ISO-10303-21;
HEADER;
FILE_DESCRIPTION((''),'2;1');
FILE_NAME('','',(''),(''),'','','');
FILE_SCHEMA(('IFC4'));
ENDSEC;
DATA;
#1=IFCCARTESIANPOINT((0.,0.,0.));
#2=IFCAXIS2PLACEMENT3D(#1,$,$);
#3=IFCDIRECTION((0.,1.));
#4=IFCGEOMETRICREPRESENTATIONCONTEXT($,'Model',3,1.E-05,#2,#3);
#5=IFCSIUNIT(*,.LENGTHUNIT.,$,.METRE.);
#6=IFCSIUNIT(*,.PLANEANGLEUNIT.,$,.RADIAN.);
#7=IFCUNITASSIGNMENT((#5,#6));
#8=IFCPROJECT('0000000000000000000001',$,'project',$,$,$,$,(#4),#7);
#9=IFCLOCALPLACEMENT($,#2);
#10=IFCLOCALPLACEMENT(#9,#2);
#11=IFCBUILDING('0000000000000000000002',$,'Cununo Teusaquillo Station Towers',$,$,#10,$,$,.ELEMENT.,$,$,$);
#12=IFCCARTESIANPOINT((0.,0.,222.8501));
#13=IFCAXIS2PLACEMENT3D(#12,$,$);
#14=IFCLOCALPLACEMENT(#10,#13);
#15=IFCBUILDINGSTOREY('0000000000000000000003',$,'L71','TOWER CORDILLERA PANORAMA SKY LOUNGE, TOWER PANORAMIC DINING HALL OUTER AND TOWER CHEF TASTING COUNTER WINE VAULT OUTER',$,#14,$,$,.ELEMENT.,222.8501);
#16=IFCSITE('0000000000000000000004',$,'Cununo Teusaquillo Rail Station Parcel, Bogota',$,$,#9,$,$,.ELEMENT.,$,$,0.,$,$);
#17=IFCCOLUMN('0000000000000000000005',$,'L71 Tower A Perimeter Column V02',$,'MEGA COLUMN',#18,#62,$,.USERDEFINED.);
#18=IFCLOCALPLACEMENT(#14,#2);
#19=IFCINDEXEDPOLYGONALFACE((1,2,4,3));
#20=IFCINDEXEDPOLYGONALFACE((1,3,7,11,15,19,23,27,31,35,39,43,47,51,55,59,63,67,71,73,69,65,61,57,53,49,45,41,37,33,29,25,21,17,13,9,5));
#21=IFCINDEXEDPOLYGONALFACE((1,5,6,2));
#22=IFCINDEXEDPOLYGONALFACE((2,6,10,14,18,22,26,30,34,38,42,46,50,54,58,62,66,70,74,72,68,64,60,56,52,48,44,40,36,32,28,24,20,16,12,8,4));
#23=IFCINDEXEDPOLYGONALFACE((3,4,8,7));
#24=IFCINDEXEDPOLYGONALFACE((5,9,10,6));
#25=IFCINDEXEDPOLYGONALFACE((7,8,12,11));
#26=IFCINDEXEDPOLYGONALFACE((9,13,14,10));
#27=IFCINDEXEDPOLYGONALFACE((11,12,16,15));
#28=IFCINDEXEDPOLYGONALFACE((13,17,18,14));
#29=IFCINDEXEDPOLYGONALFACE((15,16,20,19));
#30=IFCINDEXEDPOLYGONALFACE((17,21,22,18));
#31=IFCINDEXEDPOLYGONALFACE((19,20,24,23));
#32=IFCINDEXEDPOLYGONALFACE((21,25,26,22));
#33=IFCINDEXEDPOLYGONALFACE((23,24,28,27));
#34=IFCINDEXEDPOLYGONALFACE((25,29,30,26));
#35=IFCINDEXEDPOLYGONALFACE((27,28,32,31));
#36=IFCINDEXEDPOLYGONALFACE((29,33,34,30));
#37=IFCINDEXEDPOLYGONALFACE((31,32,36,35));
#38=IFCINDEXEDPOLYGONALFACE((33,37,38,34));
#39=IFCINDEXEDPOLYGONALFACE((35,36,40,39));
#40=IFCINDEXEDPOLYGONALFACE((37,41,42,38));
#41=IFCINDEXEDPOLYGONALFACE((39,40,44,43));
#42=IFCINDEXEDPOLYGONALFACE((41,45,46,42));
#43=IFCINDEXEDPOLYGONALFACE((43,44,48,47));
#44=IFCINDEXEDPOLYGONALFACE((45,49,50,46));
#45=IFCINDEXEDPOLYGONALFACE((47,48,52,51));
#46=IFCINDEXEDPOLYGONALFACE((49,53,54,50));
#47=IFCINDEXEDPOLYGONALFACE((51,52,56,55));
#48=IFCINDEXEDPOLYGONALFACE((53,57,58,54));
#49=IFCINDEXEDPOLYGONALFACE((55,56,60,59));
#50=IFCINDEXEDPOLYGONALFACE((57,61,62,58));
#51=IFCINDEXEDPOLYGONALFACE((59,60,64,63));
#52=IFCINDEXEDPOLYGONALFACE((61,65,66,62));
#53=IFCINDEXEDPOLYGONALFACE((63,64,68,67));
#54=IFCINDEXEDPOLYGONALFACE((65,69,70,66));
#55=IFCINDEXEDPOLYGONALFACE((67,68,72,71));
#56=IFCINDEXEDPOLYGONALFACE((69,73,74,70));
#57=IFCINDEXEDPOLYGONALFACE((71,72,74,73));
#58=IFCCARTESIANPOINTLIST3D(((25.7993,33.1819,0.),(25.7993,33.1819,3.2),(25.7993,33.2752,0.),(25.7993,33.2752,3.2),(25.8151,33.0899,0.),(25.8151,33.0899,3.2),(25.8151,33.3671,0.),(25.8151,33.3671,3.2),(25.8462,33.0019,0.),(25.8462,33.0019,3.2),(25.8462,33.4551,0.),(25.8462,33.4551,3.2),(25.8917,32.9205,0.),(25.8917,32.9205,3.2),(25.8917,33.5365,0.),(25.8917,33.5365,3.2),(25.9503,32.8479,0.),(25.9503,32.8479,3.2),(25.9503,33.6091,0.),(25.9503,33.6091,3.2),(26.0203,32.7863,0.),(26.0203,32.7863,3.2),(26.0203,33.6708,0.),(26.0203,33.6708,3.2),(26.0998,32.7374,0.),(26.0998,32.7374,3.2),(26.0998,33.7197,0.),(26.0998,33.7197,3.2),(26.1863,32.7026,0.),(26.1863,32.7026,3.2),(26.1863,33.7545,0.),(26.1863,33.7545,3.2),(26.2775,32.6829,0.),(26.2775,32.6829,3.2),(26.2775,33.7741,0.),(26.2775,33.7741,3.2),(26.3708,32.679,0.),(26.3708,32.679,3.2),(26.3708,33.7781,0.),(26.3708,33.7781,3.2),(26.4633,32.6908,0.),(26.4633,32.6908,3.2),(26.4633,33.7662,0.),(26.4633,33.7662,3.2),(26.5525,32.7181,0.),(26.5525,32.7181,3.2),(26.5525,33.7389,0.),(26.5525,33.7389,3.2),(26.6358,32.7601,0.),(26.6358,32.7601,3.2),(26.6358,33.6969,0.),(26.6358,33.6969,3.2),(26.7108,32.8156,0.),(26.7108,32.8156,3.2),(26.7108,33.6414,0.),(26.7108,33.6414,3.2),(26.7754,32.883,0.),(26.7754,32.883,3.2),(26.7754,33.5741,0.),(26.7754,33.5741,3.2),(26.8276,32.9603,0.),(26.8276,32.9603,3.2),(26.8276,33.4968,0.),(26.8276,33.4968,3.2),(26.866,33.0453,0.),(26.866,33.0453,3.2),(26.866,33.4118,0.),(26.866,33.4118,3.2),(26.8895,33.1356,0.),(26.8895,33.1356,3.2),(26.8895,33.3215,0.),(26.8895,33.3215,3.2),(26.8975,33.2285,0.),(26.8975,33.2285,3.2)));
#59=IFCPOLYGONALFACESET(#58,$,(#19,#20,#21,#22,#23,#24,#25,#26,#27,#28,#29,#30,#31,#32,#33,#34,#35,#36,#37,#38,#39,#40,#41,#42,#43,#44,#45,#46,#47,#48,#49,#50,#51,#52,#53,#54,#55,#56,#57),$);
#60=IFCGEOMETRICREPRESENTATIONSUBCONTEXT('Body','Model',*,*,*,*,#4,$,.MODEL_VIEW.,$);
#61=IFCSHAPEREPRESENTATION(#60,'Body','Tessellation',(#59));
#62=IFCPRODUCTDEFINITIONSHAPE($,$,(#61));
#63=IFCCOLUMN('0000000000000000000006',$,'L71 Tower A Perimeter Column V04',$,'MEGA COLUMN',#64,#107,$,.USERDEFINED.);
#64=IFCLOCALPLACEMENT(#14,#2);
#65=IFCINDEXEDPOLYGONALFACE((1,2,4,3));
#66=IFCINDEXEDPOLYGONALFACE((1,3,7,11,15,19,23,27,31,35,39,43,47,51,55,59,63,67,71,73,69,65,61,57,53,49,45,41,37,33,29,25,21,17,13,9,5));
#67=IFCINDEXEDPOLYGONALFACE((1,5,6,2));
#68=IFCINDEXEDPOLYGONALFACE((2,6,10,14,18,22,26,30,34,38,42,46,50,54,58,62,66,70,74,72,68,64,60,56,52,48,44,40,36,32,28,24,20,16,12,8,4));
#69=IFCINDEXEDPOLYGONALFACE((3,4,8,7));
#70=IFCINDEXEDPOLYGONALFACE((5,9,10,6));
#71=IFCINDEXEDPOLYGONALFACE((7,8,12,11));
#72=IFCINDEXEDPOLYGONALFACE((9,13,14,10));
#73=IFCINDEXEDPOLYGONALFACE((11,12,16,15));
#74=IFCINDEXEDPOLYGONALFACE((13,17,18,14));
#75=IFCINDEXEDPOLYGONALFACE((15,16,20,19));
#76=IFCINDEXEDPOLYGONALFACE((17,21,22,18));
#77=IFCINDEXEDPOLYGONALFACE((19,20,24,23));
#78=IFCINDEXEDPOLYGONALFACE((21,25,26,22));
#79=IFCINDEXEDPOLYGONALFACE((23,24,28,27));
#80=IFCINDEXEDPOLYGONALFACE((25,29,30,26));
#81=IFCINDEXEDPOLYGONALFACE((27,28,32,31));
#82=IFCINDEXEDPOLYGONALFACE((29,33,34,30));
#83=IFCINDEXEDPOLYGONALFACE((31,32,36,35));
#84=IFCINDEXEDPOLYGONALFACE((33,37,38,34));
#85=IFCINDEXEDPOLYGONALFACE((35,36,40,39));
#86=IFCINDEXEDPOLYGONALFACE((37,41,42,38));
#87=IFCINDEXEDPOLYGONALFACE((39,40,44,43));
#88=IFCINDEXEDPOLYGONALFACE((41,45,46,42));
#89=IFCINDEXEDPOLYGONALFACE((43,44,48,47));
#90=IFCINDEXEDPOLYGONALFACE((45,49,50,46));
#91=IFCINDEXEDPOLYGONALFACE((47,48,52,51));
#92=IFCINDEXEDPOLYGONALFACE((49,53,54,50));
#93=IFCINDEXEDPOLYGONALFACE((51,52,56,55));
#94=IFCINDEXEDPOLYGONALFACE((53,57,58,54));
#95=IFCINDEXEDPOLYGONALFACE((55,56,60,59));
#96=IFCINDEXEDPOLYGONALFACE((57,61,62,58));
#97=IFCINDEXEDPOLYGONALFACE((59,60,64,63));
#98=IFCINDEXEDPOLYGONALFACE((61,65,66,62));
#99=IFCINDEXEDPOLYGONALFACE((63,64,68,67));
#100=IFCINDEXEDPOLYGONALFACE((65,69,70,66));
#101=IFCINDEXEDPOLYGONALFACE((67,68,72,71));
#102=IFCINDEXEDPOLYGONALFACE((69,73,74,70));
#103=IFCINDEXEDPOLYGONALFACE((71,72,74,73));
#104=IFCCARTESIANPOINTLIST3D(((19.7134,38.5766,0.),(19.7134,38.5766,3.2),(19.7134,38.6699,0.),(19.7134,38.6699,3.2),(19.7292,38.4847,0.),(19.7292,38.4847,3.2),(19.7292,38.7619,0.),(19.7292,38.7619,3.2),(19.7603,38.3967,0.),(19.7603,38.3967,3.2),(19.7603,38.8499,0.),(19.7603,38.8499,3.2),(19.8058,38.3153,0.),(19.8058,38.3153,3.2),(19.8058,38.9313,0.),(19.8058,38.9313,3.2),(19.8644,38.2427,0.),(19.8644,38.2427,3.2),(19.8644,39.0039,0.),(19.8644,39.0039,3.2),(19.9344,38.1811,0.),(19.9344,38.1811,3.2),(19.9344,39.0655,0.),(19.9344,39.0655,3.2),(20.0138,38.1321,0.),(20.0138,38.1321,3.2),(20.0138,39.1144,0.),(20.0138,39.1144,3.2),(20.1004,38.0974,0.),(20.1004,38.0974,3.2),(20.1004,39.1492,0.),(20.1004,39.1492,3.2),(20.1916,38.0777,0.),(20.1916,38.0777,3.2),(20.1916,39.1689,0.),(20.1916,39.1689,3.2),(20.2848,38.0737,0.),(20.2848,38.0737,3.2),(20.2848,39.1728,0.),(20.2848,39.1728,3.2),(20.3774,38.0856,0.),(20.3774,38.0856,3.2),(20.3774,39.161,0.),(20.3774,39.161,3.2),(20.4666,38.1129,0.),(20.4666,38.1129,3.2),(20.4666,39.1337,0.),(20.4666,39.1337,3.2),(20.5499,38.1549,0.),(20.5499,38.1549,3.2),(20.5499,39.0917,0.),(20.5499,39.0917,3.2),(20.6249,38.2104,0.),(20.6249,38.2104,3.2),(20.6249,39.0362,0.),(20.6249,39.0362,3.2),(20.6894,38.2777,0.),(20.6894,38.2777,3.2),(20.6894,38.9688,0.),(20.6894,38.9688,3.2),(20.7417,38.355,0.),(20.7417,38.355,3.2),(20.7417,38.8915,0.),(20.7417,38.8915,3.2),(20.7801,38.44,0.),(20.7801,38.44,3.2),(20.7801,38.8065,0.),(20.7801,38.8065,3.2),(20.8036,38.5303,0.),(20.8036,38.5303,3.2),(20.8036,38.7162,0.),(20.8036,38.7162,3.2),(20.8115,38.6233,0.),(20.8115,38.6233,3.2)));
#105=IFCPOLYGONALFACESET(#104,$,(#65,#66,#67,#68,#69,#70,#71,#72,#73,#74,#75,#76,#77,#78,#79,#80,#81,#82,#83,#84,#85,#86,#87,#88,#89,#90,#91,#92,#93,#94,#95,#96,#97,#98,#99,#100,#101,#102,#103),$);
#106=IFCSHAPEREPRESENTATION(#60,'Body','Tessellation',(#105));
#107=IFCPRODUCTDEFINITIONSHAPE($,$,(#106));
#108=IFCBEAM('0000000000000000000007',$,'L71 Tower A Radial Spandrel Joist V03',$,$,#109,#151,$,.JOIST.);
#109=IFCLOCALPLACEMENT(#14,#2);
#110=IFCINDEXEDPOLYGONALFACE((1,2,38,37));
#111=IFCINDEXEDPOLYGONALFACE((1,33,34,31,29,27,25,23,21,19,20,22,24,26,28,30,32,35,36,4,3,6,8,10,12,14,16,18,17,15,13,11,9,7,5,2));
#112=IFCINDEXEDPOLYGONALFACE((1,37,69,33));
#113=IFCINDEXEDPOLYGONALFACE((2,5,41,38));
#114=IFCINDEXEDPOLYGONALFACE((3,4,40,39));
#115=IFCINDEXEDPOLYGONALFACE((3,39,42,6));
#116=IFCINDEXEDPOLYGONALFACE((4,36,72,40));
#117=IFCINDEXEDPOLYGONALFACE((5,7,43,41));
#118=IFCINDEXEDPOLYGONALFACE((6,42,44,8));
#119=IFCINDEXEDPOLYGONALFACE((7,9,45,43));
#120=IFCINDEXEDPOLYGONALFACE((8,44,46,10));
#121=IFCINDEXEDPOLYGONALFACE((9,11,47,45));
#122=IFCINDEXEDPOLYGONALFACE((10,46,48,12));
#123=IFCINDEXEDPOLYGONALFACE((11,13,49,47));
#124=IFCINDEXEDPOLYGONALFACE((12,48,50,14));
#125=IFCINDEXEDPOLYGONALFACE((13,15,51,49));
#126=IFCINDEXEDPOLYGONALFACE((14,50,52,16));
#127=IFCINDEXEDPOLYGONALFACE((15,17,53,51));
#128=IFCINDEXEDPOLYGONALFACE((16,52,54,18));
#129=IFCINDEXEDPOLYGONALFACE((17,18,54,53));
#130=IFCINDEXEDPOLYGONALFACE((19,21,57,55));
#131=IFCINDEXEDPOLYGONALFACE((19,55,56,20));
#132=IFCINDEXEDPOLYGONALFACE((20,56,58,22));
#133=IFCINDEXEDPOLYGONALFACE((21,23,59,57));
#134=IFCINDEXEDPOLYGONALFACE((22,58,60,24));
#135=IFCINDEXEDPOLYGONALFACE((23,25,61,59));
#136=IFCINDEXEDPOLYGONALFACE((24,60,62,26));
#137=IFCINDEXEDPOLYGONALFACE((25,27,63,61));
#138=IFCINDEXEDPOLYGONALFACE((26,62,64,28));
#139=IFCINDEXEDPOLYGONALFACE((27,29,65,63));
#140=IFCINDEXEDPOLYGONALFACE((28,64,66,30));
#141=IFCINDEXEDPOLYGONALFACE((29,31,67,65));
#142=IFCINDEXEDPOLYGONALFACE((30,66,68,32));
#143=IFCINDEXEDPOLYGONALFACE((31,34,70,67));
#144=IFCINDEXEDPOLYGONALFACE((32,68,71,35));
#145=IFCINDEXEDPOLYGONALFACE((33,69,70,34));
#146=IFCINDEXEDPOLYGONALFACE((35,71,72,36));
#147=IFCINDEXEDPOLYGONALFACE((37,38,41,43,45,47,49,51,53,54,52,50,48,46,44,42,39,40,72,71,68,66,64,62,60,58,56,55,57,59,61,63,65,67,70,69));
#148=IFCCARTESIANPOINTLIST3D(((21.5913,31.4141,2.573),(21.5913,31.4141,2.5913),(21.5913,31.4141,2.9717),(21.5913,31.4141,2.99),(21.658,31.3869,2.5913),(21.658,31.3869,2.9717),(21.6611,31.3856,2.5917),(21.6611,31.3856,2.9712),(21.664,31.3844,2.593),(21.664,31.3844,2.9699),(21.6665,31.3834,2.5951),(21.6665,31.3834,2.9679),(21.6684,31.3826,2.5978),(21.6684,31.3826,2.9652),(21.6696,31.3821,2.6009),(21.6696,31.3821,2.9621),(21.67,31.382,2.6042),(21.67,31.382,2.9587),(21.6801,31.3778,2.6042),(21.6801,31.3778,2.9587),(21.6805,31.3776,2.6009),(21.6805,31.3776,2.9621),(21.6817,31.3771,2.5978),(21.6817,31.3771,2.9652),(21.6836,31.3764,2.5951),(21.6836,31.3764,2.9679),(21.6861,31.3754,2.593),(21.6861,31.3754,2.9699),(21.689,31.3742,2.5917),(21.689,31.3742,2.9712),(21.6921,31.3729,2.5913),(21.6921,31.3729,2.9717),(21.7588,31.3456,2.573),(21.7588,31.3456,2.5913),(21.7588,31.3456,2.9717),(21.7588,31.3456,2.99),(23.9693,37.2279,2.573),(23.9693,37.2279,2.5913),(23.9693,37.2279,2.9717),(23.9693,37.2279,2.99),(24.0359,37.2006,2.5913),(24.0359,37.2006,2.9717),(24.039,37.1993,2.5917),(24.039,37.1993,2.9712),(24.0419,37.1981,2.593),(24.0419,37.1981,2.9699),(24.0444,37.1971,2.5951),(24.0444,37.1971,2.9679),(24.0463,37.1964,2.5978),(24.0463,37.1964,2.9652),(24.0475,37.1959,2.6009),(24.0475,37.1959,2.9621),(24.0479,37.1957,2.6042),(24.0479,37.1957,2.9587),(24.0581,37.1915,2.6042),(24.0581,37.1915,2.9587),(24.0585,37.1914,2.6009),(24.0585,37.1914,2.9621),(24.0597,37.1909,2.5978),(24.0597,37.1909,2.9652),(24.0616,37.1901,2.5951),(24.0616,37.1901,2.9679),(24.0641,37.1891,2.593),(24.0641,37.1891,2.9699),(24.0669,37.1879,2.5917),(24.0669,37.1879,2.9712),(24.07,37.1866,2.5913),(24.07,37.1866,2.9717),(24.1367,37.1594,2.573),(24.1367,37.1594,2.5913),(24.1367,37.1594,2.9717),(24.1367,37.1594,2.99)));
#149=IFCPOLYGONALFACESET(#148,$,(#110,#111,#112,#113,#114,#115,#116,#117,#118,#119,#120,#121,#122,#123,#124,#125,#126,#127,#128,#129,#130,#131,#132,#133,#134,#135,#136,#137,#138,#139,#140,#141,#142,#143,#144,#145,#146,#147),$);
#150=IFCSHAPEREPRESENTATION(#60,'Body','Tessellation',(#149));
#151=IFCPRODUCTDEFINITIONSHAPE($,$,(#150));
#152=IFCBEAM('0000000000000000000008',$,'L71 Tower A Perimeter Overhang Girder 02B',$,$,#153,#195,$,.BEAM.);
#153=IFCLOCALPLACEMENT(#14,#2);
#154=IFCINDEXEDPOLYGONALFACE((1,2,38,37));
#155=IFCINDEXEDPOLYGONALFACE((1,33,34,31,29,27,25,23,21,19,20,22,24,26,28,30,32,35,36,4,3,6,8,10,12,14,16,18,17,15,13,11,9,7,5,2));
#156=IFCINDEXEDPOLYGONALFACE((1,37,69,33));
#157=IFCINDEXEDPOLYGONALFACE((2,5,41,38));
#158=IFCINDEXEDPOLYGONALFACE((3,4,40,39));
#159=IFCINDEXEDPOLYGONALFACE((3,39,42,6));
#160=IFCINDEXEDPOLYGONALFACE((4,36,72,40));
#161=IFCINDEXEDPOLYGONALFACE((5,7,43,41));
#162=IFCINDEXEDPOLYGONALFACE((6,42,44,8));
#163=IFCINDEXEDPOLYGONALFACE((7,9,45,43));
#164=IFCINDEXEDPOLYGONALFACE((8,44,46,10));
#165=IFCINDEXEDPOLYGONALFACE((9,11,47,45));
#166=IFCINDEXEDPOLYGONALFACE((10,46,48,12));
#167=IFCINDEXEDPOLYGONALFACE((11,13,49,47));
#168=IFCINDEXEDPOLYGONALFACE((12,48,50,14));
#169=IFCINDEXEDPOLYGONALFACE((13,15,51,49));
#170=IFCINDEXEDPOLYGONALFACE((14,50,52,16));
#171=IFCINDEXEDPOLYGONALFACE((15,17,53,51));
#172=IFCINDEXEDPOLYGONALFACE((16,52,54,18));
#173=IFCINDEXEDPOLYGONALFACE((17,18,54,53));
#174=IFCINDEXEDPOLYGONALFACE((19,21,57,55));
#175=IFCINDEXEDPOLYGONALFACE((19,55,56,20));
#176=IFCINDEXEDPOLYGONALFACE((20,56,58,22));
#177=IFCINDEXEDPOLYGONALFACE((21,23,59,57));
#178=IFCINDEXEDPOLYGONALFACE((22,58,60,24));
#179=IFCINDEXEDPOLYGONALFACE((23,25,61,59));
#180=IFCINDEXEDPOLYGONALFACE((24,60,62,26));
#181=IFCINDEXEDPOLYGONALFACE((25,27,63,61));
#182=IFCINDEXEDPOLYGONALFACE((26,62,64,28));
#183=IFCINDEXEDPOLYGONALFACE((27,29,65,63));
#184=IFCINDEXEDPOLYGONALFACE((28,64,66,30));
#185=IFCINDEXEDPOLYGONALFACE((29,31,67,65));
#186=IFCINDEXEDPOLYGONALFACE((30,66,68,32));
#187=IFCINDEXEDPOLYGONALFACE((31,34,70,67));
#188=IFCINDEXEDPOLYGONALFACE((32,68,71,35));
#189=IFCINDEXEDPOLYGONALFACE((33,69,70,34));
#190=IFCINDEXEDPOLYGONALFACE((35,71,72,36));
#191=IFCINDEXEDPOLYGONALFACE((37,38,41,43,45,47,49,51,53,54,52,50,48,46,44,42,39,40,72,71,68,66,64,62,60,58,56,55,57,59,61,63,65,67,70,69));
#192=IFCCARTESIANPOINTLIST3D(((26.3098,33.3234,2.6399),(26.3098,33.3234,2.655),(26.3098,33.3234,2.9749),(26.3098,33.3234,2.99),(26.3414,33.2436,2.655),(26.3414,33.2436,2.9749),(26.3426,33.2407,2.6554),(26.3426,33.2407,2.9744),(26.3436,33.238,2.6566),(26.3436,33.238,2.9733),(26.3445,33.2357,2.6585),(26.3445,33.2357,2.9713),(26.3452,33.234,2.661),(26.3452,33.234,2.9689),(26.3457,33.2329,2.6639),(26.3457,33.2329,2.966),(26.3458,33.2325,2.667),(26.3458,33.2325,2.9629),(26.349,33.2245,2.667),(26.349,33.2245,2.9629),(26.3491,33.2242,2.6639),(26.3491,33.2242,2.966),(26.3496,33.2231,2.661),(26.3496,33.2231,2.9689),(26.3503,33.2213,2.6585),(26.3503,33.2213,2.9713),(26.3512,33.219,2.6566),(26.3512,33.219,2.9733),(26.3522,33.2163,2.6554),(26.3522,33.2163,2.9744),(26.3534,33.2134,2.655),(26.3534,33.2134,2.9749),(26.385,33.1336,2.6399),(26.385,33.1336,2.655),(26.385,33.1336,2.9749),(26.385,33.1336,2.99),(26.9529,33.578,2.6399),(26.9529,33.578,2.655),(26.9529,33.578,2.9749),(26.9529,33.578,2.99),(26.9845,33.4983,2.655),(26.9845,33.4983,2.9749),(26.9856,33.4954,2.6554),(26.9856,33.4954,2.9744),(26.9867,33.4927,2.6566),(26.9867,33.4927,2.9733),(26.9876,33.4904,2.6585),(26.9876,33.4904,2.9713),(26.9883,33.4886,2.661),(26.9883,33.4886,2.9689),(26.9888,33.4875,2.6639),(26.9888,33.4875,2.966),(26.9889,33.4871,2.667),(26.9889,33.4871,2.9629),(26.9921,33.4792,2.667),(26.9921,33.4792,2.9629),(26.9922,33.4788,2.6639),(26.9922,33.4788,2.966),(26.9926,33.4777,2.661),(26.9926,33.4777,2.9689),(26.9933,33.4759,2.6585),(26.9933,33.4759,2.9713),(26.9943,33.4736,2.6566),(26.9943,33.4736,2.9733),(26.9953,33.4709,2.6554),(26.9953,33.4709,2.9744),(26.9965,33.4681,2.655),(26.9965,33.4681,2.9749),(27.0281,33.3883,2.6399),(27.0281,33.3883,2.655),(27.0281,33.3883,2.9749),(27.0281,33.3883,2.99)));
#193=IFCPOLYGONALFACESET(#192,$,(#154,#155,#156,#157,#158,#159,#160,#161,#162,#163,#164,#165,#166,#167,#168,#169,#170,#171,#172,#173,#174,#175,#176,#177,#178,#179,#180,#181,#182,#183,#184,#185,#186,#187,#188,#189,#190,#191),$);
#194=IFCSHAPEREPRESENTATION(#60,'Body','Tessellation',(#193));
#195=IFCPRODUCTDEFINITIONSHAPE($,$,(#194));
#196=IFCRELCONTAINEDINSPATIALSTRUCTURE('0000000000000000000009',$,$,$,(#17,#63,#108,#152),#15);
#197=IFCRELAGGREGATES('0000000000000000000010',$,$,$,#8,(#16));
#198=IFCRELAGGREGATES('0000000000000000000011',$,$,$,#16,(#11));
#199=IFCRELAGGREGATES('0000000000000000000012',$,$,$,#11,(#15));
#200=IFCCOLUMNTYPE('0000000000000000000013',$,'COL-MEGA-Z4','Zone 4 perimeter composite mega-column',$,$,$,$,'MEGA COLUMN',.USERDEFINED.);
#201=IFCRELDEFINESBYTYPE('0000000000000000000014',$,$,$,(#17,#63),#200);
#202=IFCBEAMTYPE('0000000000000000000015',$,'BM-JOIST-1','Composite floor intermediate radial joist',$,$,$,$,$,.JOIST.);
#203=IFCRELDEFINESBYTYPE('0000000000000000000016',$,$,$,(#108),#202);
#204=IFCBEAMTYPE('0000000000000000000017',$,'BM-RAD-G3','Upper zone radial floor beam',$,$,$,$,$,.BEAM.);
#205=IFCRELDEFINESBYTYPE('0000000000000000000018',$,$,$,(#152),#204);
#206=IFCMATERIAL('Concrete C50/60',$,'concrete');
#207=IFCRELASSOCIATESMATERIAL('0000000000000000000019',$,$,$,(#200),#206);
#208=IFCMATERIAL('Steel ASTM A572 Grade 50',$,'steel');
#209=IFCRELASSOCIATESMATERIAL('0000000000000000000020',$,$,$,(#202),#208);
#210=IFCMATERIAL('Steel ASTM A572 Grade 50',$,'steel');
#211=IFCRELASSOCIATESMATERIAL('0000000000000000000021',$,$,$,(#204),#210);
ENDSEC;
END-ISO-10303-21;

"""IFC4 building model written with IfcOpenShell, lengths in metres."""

from ifc_helpers import new_model, si_unit, direction, frame, origin, origin_2d, place, context, subcontext, project, spatial, circle, i_section, extrude, material, material_profile, profile_set, type_object, element, save


model = new_model("IFC4")

# Units and contexts
model_context = context("Model", 3, precision=1e-05, world=origin(), true_north=direction((0.0, 1.0)))
body_context = subcontext(model_context, "Body", "Model", "MODEL_VIEW")
ifc_project = project(units=[si_unit("LENGTHUNIT", "METRE"), si_unit("PLANEANGLEUNIT", "RADIAN")], contexts=[model_context])

# Site, building, storey
site_placement = place(None, origin())
site = spatial("IfcSite", under=ifc_project, at=site_placement, Name="Cununo Teusaquillo Rail Station Parcel, Bogota", CompositionType="ELEMENT", RefElevation=0.0)
building_placement = place(site_placement, origin())
building = spatial("IfcBuilding", under=site, at=building_placement, Name="Cununo Teusaquillo Station Towers", CompositionType="ELEMENT")
storey_placement = place(building_placement, frame((0.0, 0.0, 222.8501)))
storey = spatial("IfcBuildingStorey", under=building, at=storey_placement, Name="L71", Description="TOWER CORDILLERA PANORAMA SKY LOUNGE, TOWER PANORAMIC DINING HALL OUTER AND TOWER CHEF TASTING COUNTER WINE VAULT OUTER", CompositionType="ELEMENT", Elevation=222.8501)

# Columns
ifc_material_1 = material(Name="Concrete C50/60", Category="concrete")
ifc_material_profile_1 = material_profile(ifc_material_1, circle(Radius=0.55, at=origin_2d()), Name="RC-CIRC-1100")
ifc_profile_set_1 = profile_set([ifc_material_profile_1], Name="Concrete C50/60")
column_type = type_object("IfcColumnType", Name="COL-MEGA-Z4", Description="Zone 4 perimeter composite mega-column", ElementType="MEGA COLUMN", PredefinedType="USERDEFINED", material=ifc_profile_set_1)
for number, where, z_axis, x_axis, name in (
    (1, (26.3474, 33.2285, 0.0), (0.0, 0.0, 1.0), (1.0, 0.0, 0.0), "L71 Tower A Perimeter Column V02"),
    (2, (20.2615, 38.6233, 0.0), (0.0, 0.0, 1.0), (1.0, 0.0, 0.0), "L71 Tower A Perimeter Column V04"),
):
    element("IfcColumn", number, at=place(storey_placement, frame(where, z_axis=z_axis, x_axis=x_axis)), inside=storey, type_object=column_type, Name=name, ObjectType="MEGA COLUMN", PredefinedType="USERDEFINED", context=body_context, shape_type="SweptSolid", body=[
        extrude(circle(Radius=0.55, at=origin_2d()), origin(), (0.0, 0.0, 1.0), 3.2),
    ])

# Beams
ifc_material_2 = material(Name="Steel ASTM A572 Grade 50", Category="steel")
ifc_material_profile_2 = material_profile(ifc_material_2, i_section(OverallWidth=0.1809, OverallDepth=0.417, WebThickness=0.011, FlangeThickness=0.0183, FilletRadius=0.0129, at=origin_2d()), Name="W16X57")
ifc_profile_set_2 = profile_set([ifc_material_profile_2], Name="Steel ASTM A572 Grade 50")
beam_type_1 = type_object("IfcBeamType", Name="BM-JOIST-1", Description="Composite floor intermediate radial joist", PredefinedType="JOIST", material=ifc_profile_set_2)
beam_1_placement = place(storey_placement, frame((21.675, 31.3799, 2.7815), z_axis=(0.378577, 0.92557, 0.0), x_axis=(-0.92557, 0.378577, 0.0)))
element("IfcBeam", 3, at=beam_1_placement, inside=storey, type_object=beam_type_1, Name="L71 Tower A Radial Spandrel Joist V03", PredefinedType="JOIST", context=body_context, shape_type="SweptSolid", body=[
    extrude(i_section(OverallWidth=0.1809, OverallDepth=0.417, WebThickness=0.011, FlangeThickness=0.0183, FilletRadius=0.0129, at=origin_2d()), origin(), (0.0, 0.0, 1.0), 6.2812),
])
ifc_material_3 = material(Name="Steel ASTM A572 Grade 50", Category="steel")
ifc_material_profile_3 = material_profile(ifc_material_3, i_section(OverallWidth=0.2041, OverallDepth=0.3501, WebThickness=0.0085, FlangeThickness=0.0151, FilletRadius=0.012, at=origin_2d()), Name="W14X48")
ifc_profile_set_3 = profile_set([ifc_material_profile_3], Name="Steel ASTM A572 Grade 50")
beam_type_2 = type_object("IfcBeamType", Name="BM-RAD-G3", Description="Upper zone radial floor beam", PredefinedType="BEAM", material=ifc_profile_set_3)
beam_2_placement = place(storey_placement, frame((26.3474, 33.2285, 2.8149), z_axis=(0.929761, 0.368163, 0.0), x_axis=(-0.368163, 0.929761, 0.0)))
element("IfcBeam", 4, at=beam_2_placement, inside=storey, type_object=beam_type_2, Name="L71 Tower A Perimeter Overhang Girder 02B", PredefinedType="BEAM", context=body_context, shape_type="SweptSolid", body=[
    extrude(i_section(OverallWidth=0.2041, OverallDepth=0.3501, WebThickness=0.0085, FlangeThickness=0.0151, FilletRadius=0.012, at=origin_2d()), origin(), (0.0, 0.0, 1.0), 0.6917),
])

save(model, "model.ifc")
